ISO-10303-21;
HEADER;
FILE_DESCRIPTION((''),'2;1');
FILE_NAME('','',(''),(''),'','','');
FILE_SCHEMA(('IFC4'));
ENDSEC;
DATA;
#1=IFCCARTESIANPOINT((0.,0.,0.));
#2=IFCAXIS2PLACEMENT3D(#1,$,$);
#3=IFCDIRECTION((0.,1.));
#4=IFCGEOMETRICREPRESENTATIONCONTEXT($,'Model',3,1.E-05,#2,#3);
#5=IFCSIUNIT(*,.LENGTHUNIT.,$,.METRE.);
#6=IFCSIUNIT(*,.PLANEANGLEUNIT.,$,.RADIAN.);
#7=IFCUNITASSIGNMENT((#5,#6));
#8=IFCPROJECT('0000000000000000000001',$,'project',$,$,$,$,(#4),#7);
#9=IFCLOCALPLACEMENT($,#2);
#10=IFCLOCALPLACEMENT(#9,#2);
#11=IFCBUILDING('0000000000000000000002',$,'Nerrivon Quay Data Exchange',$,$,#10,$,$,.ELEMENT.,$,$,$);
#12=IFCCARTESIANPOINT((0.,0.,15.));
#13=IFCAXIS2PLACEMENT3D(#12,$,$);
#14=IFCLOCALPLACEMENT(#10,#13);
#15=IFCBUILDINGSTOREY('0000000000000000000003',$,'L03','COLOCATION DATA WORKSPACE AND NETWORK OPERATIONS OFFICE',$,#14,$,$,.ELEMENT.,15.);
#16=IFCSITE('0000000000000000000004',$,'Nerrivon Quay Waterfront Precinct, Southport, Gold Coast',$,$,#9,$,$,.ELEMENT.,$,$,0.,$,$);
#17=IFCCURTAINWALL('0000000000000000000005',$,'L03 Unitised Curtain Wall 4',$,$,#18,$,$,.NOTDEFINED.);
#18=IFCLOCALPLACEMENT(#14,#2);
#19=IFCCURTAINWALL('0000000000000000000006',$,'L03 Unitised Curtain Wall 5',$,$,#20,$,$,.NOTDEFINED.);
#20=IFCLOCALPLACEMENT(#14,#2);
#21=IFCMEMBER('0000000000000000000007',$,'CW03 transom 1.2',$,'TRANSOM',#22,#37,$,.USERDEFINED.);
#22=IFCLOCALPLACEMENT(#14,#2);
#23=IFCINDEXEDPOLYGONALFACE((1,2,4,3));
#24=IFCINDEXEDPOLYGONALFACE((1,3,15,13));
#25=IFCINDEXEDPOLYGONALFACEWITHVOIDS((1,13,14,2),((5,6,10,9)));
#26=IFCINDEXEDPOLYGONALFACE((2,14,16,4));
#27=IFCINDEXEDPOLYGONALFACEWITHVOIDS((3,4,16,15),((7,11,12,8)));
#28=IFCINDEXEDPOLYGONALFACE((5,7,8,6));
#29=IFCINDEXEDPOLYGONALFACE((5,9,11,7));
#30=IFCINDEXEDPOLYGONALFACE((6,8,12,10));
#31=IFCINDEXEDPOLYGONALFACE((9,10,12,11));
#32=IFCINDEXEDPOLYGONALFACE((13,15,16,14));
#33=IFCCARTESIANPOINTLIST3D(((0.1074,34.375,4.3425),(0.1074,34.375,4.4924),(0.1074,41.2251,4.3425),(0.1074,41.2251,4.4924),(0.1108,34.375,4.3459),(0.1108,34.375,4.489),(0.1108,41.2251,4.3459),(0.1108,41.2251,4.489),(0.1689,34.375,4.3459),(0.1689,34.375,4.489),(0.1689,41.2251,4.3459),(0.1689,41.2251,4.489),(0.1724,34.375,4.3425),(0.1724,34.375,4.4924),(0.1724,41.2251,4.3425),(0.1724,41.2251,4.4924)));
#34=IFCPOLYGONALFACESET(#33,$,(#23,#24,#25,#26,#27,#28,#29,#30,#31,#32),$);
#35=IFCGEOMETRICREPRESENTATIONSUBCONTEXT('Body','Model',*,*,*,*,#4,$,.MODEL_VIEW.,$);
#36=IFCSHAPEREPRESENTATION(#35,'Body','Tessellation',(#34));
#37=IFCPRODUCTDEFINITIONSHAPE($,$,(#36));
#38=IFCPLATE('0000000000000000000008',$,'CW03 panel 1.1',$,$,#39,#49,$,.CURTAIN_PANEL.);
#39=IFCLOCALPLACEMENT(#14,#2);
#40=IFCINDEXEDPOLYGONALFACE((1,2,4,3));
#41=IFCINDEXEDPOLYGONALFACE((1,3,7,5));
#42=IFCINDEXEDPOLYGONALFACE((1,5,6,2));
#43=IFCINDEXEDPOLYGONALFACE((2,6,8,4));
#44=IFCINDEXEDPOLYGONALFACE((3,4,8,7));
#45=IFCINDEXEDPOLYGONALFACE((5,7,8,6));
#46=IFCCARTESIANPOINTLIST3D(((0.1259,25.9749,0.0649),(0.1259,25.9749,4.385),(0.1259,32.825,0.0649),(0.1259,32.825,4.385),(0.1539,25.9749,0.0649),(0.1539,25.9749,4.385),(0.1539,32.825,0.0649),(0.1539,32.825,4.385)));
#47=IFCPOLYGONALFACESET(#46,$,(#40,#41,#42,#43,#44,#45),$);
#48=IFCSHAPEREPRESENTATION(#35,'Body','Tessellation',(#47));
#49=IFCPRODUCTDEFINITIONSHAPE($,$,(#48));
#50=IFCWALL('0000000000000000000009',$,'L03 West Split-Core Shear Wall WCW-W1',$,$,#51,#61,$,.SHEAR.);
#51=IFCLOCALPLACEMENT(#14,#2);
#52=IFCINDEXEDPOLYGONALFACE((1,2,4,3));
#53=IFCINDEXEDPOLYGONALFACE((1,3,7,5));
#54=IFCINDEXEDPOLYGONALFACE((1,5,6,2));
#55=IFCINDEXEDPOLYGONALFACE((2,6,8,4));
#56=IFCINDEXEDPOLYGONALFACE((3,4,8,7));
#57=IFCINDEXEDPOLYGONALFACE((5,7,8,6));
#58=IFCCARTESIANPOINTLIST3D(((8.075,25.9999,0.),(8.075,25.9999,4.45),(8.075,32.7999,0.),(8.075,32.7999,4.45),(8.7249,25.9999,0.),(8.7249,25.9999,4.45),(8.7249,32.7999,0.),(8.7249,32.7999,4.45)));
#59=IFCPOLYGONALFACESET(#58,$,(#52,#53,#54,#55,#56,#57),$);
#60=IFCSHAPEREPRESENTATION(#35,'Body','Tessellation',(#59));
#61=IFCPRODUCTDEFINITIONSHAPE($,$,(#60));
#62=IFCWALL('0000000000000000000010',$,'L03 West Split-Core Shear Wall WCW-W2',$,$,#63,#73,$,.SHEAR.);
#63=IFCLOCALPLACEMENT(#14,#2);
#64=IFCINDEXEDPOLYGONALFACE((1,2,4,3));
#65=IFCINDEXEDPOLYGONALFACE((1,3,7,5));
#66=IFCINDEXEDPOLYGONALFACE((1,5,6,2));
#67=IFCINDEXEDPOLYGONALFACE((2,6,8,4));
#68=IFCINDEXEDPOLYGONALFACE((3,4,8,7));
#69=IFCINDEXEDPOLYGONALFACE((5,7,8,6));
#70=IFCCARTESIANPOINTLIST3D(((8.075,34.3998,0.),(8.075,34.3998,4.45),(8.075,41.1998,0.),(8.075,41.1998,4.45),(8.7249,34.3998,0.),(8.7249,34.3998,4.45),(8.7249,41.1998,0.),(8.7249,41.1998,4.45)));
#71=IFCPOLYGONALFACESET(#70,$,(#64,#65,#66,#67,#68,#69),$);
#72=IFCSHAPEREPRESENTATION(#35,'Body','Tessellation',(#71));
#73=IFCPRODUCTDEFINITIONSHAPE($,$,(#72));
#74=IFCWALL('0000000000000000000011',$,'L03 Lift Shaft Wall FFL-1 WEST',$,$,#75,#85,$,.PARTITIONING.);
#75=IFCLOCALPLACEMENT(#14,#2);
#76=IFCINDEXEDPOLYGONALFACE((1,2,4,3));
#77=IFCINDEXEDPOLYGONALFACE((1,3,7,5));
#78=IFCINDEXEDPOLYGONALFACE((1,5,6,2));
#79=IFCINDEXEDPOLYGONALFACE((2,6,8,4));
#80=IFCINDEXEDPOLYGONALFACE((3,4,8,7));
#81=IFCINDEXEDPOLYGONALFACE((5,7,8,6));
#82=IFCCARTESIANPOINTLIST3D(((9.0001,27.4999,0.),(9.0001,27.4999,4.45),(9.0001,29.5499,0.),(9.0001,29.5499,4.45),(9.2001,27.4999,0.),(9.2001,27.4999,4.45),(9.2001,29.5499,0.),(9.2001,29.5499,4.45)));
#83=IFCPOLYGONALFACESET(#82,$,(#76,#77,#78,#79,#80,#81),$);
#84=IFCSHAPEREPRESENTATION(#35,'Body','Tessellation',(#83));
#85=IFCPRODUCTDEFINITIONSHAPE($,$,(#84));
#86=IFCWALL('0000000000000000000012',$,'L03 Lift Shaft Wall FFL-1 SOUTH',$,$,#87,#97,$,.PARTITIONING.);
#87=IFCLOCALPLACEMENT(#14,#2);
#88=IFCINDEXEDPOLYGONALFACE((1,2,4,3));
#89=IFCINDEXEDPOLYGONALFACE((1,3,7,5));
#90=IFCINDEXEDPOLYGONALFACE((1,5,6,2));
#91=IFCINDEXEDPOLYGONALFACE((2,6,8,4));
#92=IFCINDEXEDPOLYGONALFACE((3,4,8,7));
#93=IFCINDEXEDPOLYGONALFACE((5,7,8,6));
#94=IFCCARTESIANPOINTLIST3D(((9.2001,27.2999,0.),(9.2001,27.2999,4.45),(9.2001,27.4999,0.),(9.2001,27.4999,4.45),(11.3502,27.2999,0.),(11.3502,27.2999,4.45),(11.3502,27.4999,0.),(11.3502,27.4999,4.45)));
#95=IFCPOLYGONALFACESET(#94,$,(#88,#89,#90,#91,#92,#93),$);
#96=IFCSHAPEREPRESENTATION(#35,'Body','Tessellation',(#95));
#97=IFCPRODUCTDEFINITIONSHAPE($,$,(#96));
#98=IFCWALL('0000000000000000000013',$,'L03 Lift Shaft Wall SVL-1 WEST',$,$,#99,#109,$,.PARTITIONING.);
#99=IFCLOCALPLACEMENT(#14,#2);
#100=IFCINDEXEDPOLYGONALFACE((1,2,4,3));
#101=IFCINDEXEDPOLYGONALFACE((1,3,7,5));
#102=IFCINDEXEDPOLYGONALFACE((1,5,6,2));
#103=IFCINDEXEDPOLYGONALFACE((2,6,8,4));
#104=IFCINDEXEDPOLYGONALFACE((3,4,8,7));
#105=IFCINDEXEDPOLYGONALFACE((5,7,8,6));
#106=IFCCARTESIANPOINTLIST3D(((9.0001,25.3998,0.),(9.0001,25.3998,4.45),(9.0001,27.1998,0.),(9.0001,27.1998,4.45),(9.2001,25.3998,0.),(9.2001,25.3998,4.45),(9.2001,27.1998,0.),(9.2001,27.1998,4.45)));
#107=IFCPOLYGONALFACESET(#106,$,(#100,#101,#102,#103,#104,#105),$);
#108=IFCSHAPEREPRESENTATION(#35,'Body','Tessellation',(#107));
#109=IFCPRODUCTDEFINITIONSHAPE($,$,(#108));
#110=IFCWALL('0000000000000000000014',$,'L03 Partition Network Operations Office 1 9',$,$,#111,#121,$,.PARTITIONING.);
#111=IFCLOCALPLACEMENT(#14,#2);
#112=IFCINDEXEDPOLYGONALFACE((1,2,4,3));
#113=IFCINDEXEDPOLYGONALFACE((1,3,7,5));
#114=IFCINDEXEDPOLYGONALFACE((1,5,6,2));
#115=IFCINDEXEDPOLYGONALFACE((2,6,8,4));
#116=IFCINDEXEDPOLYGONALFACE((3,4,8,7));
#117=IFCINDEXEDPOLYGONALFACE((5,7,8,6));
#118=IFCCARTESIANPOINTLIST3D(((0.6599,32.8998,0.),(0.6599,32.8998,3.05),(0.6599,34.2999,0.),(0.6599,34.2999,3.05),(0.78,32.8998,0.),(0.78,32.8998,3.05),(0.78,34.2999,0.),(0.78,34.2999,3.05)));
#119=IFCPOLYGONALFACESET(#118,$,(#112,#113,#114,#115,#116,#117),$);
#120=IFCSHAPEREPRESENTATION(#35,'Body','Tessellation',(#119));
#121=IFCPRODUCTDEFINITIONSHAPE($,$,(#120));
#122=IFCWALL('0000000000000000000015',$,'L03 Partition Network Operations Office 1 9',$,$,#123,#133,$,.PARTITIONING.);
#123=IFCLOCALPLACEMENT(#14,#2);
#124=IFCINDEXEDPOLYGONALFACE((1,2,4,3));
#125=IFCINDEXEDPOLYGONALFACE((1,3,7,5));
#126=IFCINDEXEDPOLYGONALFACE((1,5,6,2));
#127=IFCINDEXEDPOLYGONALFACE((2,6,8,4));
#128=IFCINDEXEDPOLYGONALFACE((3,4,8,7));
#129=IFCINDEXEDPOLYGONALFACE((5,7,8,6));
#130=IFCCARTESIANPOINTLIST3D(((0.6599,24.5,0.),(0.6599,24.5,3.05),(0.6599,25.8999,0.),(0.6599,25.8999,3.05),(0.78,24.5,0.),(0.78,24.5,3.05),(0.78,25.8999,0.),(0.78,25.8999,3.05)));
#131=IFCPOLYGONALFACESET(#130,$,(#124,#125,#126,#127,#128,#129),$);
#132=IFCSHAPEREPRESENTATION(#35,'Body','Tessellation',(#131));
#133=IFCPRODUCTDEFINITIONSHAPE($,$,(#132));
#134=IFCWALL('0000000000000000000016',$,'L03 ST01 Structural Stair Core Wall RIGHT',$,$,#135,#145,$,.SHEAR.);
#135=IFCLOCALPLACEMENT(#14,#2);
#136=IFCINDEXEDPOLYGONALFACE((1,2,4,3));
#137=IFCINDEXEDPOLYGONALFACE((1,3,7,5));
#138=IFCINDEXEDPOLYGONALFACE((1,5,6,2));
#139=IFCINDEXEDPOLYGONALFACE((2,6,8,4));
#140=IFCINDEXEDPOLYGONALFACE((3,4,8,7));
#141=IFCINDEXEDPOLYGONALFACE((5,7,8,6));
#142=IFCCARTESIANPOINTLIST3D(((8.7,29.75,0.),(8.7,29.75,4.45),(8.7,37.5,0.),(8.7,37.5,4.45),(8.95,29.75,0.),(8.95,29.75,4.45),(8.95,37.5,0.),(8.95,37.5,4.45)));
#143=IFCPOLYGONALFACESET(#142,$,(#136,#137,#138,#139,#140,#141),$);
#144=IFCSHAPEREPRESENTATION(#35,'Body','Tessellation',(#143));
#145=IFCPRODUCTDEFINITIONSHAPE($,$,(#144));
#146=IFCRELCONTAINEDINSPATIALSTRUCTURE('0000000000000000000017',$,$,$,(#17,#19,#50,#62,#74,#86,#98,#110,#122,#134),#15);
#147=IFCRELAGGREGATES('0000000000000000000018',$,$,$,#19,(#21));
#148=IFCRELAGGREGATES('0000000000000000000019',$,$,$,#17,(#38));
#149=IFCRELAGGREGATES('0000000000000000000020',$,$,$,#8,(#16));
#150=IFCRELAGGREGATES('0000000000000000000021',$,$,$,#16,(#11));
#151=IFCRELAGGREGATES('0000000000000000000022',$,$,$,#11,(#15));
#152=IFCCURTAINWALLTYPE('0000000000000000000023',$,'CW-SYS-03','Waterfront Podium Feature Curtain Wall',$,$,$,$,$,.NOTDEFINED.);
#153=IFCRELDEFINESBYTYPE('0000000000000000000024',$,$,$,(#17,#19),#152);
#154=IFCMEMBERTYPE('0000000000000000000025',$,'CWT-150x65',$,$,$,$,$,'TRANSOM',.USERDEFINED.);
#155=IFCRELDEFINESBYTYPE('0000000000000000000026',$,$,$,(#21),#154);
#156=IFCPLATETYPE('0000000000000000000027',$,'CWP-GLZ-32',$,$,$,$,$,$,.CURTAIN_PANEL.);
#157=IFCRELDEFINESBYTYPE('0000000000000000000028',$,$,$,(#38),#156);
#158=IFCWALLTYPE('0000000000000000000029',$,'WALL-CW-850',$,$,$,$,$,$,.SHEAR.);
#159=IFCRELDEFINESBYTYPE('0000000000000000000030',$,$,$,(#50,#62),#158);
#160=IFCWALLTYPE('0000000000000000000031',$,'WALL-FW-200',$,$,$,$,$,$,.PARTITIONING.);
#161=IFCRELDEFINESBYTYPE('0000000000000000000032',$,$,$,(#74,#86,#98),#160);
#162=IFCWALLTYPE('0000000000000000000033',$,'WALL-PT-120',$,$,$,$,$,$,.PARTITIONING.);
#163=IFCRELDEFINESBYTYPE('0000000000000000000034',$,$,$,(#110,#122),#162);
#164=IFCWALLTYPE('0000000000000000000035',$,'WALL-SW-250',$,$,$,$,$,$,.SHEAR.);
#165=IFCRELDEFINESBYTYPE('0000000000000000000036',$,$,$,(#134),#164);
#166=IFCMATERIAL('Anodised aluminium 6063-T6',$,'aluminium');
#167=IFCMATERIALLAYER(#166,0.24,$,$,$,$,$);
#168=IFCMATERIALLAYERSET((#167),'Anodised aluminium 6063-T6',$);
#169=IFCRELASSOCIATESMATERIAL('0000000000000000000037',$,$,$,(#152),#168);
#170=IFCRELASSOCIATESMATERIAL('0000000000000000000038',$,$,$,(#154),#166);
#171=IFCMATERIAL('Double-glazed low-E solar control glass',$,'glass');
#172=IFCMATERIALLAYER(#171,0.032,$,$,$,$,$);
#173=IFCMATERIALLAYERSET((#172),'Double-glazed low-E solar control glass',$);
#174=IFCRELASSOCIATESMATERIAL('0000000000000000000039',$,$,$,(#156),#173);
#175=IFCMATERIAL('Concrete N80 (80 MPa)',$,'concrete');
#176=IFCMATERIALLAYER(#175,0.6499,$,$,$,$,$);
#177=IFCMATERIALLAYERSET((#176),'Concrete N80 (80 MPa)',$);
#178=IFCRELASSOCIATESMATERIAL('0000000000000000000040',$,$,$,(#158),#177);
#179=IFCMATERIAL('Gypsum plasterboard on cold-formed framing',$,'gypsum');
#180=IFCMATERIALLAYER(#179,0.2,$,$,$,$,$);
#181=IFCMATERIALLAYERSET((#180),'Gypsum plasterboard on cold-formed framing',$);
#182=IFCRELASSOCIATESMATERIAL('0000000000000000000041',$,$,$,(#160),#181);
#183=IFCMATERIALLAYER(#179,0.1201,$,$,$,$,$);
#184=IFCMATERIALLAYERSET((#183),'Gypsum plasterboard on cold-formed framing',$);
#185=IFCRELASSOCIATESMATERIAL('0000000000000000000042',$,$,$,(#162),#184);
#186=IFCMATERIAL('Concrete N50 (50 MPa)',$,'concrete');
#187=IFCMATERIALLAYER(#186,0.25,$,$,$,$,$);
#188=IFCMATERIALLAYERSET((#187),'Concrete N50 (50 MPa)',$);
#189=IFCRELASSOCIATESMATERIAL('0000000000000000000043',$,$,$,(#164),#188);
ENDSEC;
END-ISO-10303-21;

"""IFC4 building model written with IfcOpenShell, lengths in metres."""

from ifc_helpers import new_model, si_unit, direction, frame, frame_2d, origin, origin_2d, place, context, subcontext, project, spatial, rectangle, hollow_rectangle, extrude, material, layer, layer_set, material_profile, profile_set, type_object, element, aggregate, save


model = new_model("IFC4")

# Units and contexts
model_context = context("Model", 3, precision=1e-05, world=origin(), true_north=direction((0.0, 1.0)))
body_context = subcontext(model_context, "Body", "Model", "MODEL_VIEW")
ifc_project = project(units=[si_unit("LENGTHUNIT", "METRE"), si_unit("PLANEANGLEUNIT", "RADIAN")], contexts=[model_context])

# Site, building, storey
site_placement = place(None, origin())
site = spatial("IfcSite", under=ifc_project, at=site_placement, Name="Nerrivon Quay Waterfront Precinct, Southport, Gold Coast", CompositionType="ELEMENT", RefElevation=0.0)
building_placement = place(site_placement, origin())
building = spatial("IfcBuilding", under=site, at=building_placement, Name="Nerrivon Quay Data Exchange", CompositionType="ELEMENT")
storey_placement = place(building_placement, frame((0.0, 0.0, 15.0)))
storey = spatial("IfcBuildingStorey", under=building, at=storey_placement, Name="L03", Description="COLOCATION DATA WORKSPACE AND NETWORK OPERATIONS OFFICE", CompositionType="ELEMENT", Elevation=15.0)

# Shared definitions
ifc_material_1 = material(Name="Concrete N80 (80 MPa)", Category="concrete")

# Curtain wall
ifc_material_2 = material(Name="Anodised aluminium 6063-T6", Category="aluminium")
ifc_layer_1 = layer(ifc_material_2, 0.24)
ifc_layer_set_1 = layer_set([ifc_layer_1], Name="Anodised aluminium 6063-T6")
curtain_wall_type = type_object("IfcCurtainWallType", Name="CW-SYS-03", Description="Waterfront Podium Feature Curtain Wall", PredefinedType="NOTDEFINED", material=ifc_layer_set_1)
curtain_wall_1_placement = place(storey_placement, origin())
curtain_wall_1 = element("IfcCurtainWall", 1, at=curtain_wall_1_placement, inside=storey, type_object=curtain_wall_type, Name="L03 Unitised Curtain Wall 4", PredefinedType="NOTDEFINED")

# Curtain wall
curtain_wall_2_placement = place(storey_placement, origin())
curtain_wall_2 = element("IfcCurtainWall", 2, at=curtain_wall_2_placement, inside=storey, type_object=curtain_wall_type, Name="L03 Unitised Curtain Wall 5", PredefinedType="NOTDEFINED")

# Member
ifc_material_profile_1 = material_profile(ifc_material_2, hollow_rectangle(XDim=0.0649, YDim=0.1499, WallThickness=0.0034, at=origin_2d()), Name="ALU-TRAN-150x65")
ifc_profile_set_1 = profile_set([ifc_material_profile_1], Name="Anodised aluminium 6063-T6")
member_type_1 = type_object("IfcMemberType", Name="CWT-150x65", ElementType="TRANSOM", PredefinedType="USERDEFINED", material=ifc_profile_set_1)
member_1_placement = place(storey_placement, frame((0.1399, 34.375, 4.4175), z_axis=(0.0, 1.0, 0.0), x_axis=(-1.0, 0.0, 0.0)))
member_1 = element("IfcMember", 3, at=member_1_placement, type_object=member_type_1, Name="CW03 transom 1.2", ObjectType="TRANSOM", PredefinedType="USERDEFINED", context=body_context, shape_type="SweptSolid", body=[
    extrude(hollow_rectangle(XDim=0.0649, YDim=0.1499, WallThickness=0.0034, at=origin_2d()), origin(), (0.0, 0.0, 1.0), 6.8501),
])
aggregate(curtain_wall_2, [member_1])

# Plate
ifc_material_3 = material(Name="Double-glazed low-E solar control glass", Category="glass")
ifc_layer_2 = layer(ifc_material_3, 0.032)
ifc_layer_set_2 = layer_set([ifc_layer_2], Name="Double-glazed low-E solar control glass")
plate_type = type_object("IfcPlateType", Name="CWP-GLZ-32", PredefinedType="CURTAIN_PANEL", material=ifc_layer_set_2)
plate_placement = place(storey_placement, frame((0.1399, 29.3999, 0.0649), z_axis=(0.0, 0.0, 1.0), x_axis=(0.0, 1.0, 0.0)))
plate = element("IfcPlate", 4, at=plate_placement, type_object=plate_type, Name="CW03 panel 1.1", PredefinedType="CURTAIN_PANEL", context=body_context, shape_type="SweptSolid", body=[
    extrude(rectangle(XDim=6.8501, YDim=0.0281, at=origin_2d()), origin(), (0.0, 0.0, 1.0), 4.3201),
])
aggregate(curtain_wall_1, [plate])

# Walls
ifc_layer_3 = layer(ifc_material_1, 0.6499)
ifc_layer_set_3 = layer_set([ifc_layer_3], Name="Concrete N80 (80 MPa)")
wall_type_1 = type_object("IfcWallType", Name="WALL-CW-850", PredefinedType="SHEAR", material=ifc_layer_set_3)
for number, where, z_axis, x_axis, name in (
    (5, (8.3999, 26.0, 0.0), (0.0, 0.0, 1.0), (0.0, 1.0, 0.0), "L03 West Split-Core Shear Wall WCW-W1"),
    (6, (8.3999, 34.3999, 0.0), (0.0, 0.0, 1.0), (0.0, 1.0, 0.0), "L03 West Split-Core Shear Wall WCW-W2"),
):
    element("IfcWall", number, at=place(storey_placement, frame(where, z_axis=z_axis, x_axis=x_axis)), inside=storey, type_object=wall_type_1, Name=name, PredefinedType="SHEAR", context=body_context, shape_type="SweptSolid", body=[
        extrude(rectangle(XDim=6.8, YDim=0.6499, at=frame_2d((3.3999, 0.0))), origin(), (0.0, 0.0, 1.0), 4.45),
    ])

# Walls
ifc_material_4 = material(Name="Gypsum plasterboard on cold-formed framing", Category="gypsum")
ifc_layer_4 = layer(ifc_material_4, 0.2)
ifc_layer_set_4 = layer_set([ifc_layer_4], Name="Gypsum plasterboard on cold-formed framing")
wall_type_2 = type_object("IfcWallType", Name="WALL-FW-200", PredefinedType="PARTITIONING", material=ifc_layer_set_4)
wall_1_placement = place(storey_placement, frame((9.1001, 27.5, 0.0), z_axis=(0.0, 0.0, 1.0), x_axis=(0.0, 1.0, 0.0)))
element("IfcWall", 7, at=wall_1_placement, inside=storey, type_object=wall_type_2, Name="L03 Lift Shaft Wall FFL-1 WEST", PredefinedType="PARTITIONING", context=body_context, shape_type="SweptSolid", body=[
    extrude(rectangle(XDim=2.05, YDim=0.2, at=frame_2d((1.0249, 0.0))), origin(), (0.0, 0.0, 1.0), 4.45),
])
wall_2_placement = place(storey_placement, frame((9.2, 27.3999, 0.0), z_axis=(0.0, 0.0, 1.0), x_axis=(1.0, 0.0, 0.0)))
element("IfcWall", 8, at=wall_2_placement, inside=storey, type_object=wall_type_2, Name="L03 Lift Shaft Wall FFL-1 SOUTH", PredefinedType="PARTITIONING", context=body_context, shape_type="SweptSolid", body=[
    extrude(rectangle(XDim=2.1501, YDim=0.2, at=frame_2d((1.0752, 0.0))), origin(), (0.0, 0.0, 1.0), 4.45),
])
wall_3_placement = place(storey_placement, frame((9.1001, 25.3999, 0.0), z_axis=(0.0, 0.0, 1.0), x_axis=(0.0, 1.0, 0.0)))
element("IfcWall", 9, at=wall_3_placement, inside=storey, type_object=wall_type_2, Name="L03 Lift Shaft Wall SVL-1 WEST", PredefinedType="PARTITIONING", context=body_context, shape_type="SweptSolid", body=[
    extrude(rectangle(XDim=1.8, YDim=0.2, at=frame_2d((0.8999, 0.0))), origin(), (0.0, 0.0, 1.0), 4.45),
])
ifc_layer_5 = layer(ifc_material_4, 0.1201)
ifc_layer_set_5 = layer_set([ifc_layer_5], Name="Gypsum plasterboard on cold-formed framing")
wall_type_3 = type_object("IfcWallType", Name="WALL-PT-120", PredefinedType="PARTITIONING", material=ifc_layer_set_5)
wall_4_placement = place(storey_placement, frame((0.72, 34.3, 0.0), z_axis=(0.0, 0.0, 1.0), x_axis=(0.0, -1.0, 0.0)))
element("IfcWall", 10, at=wall_4_placement, inside=storey, type_object=wall_type_3, Name="L03 Partition Network Operations Office 1 9", PredefinedType="PARTITIONING", context=body_context, shape_type="SweptSolid", body=[
    extrude(rectangle(XDim=1.4001, YDim=0.1201, at=frame_2d((0.7002, 0.0))), origin(), (0.0, 0.0, 1.0), 3.05),
])
wall_5_placement = place(storey_placement, frame((0.72, 25.8999, 0.0), z_axis=(0.0, 0.0, 1.0), x_axis=(0.0, -1.0, 0.0)))
element("IfcWall", 11, at=wall_5_placement, inside=storey, type_object=wall_type_3, Name="L03 Partition Network Operations Office 1 9", PredefinedType="PARTITIONING", context=body_context, shape_type="SweptSolid", body=[
    extrude(rectangle(XDim=1.3999, YDim=0.1201, at=frame_2d((0.7, 0.0))), origin(), (0.0, 0.0, 1.0), 3.05),
])
ifc_material_5 = material(Name="Concrete N50 (50 MPa)", Category="concrete")
ifc_layer_6 = layer(ifc_material_5, 0.25)
ifc_layer_set_6 = layer_set([ifc_layer_6], Name="Concrete N50 (50 MPa)")
wall_type_4 = type_object("IfcWallType", Name="WALL-SW-250", PredefinedType="SHEAR", material=ifc_layer_set_6)
wall_6_placement = place(storey_placement, frame((8.825, 29.75, 0.0), z_axis=(0.0, 0.0, 1.0), x_axis=(0.0, 1.0, 0.0)))
element("IfcWall", 12, at=wall_6_placement, inside=storey, type_object=wall_type_4, Name="L03 ST01 Structural Stair Core Wall RIGHT", PredefinedType="SHEAR", context=body_context, shape_type="SweptSolid", body=[
    extrude(rectangle(XDim=7.75, YDim=0.25, at=frame_2d((3.875, 0.0))), origin(), (0.0, 0.0, 1.0), 4.45),
])

save(model, "model.ifc")
